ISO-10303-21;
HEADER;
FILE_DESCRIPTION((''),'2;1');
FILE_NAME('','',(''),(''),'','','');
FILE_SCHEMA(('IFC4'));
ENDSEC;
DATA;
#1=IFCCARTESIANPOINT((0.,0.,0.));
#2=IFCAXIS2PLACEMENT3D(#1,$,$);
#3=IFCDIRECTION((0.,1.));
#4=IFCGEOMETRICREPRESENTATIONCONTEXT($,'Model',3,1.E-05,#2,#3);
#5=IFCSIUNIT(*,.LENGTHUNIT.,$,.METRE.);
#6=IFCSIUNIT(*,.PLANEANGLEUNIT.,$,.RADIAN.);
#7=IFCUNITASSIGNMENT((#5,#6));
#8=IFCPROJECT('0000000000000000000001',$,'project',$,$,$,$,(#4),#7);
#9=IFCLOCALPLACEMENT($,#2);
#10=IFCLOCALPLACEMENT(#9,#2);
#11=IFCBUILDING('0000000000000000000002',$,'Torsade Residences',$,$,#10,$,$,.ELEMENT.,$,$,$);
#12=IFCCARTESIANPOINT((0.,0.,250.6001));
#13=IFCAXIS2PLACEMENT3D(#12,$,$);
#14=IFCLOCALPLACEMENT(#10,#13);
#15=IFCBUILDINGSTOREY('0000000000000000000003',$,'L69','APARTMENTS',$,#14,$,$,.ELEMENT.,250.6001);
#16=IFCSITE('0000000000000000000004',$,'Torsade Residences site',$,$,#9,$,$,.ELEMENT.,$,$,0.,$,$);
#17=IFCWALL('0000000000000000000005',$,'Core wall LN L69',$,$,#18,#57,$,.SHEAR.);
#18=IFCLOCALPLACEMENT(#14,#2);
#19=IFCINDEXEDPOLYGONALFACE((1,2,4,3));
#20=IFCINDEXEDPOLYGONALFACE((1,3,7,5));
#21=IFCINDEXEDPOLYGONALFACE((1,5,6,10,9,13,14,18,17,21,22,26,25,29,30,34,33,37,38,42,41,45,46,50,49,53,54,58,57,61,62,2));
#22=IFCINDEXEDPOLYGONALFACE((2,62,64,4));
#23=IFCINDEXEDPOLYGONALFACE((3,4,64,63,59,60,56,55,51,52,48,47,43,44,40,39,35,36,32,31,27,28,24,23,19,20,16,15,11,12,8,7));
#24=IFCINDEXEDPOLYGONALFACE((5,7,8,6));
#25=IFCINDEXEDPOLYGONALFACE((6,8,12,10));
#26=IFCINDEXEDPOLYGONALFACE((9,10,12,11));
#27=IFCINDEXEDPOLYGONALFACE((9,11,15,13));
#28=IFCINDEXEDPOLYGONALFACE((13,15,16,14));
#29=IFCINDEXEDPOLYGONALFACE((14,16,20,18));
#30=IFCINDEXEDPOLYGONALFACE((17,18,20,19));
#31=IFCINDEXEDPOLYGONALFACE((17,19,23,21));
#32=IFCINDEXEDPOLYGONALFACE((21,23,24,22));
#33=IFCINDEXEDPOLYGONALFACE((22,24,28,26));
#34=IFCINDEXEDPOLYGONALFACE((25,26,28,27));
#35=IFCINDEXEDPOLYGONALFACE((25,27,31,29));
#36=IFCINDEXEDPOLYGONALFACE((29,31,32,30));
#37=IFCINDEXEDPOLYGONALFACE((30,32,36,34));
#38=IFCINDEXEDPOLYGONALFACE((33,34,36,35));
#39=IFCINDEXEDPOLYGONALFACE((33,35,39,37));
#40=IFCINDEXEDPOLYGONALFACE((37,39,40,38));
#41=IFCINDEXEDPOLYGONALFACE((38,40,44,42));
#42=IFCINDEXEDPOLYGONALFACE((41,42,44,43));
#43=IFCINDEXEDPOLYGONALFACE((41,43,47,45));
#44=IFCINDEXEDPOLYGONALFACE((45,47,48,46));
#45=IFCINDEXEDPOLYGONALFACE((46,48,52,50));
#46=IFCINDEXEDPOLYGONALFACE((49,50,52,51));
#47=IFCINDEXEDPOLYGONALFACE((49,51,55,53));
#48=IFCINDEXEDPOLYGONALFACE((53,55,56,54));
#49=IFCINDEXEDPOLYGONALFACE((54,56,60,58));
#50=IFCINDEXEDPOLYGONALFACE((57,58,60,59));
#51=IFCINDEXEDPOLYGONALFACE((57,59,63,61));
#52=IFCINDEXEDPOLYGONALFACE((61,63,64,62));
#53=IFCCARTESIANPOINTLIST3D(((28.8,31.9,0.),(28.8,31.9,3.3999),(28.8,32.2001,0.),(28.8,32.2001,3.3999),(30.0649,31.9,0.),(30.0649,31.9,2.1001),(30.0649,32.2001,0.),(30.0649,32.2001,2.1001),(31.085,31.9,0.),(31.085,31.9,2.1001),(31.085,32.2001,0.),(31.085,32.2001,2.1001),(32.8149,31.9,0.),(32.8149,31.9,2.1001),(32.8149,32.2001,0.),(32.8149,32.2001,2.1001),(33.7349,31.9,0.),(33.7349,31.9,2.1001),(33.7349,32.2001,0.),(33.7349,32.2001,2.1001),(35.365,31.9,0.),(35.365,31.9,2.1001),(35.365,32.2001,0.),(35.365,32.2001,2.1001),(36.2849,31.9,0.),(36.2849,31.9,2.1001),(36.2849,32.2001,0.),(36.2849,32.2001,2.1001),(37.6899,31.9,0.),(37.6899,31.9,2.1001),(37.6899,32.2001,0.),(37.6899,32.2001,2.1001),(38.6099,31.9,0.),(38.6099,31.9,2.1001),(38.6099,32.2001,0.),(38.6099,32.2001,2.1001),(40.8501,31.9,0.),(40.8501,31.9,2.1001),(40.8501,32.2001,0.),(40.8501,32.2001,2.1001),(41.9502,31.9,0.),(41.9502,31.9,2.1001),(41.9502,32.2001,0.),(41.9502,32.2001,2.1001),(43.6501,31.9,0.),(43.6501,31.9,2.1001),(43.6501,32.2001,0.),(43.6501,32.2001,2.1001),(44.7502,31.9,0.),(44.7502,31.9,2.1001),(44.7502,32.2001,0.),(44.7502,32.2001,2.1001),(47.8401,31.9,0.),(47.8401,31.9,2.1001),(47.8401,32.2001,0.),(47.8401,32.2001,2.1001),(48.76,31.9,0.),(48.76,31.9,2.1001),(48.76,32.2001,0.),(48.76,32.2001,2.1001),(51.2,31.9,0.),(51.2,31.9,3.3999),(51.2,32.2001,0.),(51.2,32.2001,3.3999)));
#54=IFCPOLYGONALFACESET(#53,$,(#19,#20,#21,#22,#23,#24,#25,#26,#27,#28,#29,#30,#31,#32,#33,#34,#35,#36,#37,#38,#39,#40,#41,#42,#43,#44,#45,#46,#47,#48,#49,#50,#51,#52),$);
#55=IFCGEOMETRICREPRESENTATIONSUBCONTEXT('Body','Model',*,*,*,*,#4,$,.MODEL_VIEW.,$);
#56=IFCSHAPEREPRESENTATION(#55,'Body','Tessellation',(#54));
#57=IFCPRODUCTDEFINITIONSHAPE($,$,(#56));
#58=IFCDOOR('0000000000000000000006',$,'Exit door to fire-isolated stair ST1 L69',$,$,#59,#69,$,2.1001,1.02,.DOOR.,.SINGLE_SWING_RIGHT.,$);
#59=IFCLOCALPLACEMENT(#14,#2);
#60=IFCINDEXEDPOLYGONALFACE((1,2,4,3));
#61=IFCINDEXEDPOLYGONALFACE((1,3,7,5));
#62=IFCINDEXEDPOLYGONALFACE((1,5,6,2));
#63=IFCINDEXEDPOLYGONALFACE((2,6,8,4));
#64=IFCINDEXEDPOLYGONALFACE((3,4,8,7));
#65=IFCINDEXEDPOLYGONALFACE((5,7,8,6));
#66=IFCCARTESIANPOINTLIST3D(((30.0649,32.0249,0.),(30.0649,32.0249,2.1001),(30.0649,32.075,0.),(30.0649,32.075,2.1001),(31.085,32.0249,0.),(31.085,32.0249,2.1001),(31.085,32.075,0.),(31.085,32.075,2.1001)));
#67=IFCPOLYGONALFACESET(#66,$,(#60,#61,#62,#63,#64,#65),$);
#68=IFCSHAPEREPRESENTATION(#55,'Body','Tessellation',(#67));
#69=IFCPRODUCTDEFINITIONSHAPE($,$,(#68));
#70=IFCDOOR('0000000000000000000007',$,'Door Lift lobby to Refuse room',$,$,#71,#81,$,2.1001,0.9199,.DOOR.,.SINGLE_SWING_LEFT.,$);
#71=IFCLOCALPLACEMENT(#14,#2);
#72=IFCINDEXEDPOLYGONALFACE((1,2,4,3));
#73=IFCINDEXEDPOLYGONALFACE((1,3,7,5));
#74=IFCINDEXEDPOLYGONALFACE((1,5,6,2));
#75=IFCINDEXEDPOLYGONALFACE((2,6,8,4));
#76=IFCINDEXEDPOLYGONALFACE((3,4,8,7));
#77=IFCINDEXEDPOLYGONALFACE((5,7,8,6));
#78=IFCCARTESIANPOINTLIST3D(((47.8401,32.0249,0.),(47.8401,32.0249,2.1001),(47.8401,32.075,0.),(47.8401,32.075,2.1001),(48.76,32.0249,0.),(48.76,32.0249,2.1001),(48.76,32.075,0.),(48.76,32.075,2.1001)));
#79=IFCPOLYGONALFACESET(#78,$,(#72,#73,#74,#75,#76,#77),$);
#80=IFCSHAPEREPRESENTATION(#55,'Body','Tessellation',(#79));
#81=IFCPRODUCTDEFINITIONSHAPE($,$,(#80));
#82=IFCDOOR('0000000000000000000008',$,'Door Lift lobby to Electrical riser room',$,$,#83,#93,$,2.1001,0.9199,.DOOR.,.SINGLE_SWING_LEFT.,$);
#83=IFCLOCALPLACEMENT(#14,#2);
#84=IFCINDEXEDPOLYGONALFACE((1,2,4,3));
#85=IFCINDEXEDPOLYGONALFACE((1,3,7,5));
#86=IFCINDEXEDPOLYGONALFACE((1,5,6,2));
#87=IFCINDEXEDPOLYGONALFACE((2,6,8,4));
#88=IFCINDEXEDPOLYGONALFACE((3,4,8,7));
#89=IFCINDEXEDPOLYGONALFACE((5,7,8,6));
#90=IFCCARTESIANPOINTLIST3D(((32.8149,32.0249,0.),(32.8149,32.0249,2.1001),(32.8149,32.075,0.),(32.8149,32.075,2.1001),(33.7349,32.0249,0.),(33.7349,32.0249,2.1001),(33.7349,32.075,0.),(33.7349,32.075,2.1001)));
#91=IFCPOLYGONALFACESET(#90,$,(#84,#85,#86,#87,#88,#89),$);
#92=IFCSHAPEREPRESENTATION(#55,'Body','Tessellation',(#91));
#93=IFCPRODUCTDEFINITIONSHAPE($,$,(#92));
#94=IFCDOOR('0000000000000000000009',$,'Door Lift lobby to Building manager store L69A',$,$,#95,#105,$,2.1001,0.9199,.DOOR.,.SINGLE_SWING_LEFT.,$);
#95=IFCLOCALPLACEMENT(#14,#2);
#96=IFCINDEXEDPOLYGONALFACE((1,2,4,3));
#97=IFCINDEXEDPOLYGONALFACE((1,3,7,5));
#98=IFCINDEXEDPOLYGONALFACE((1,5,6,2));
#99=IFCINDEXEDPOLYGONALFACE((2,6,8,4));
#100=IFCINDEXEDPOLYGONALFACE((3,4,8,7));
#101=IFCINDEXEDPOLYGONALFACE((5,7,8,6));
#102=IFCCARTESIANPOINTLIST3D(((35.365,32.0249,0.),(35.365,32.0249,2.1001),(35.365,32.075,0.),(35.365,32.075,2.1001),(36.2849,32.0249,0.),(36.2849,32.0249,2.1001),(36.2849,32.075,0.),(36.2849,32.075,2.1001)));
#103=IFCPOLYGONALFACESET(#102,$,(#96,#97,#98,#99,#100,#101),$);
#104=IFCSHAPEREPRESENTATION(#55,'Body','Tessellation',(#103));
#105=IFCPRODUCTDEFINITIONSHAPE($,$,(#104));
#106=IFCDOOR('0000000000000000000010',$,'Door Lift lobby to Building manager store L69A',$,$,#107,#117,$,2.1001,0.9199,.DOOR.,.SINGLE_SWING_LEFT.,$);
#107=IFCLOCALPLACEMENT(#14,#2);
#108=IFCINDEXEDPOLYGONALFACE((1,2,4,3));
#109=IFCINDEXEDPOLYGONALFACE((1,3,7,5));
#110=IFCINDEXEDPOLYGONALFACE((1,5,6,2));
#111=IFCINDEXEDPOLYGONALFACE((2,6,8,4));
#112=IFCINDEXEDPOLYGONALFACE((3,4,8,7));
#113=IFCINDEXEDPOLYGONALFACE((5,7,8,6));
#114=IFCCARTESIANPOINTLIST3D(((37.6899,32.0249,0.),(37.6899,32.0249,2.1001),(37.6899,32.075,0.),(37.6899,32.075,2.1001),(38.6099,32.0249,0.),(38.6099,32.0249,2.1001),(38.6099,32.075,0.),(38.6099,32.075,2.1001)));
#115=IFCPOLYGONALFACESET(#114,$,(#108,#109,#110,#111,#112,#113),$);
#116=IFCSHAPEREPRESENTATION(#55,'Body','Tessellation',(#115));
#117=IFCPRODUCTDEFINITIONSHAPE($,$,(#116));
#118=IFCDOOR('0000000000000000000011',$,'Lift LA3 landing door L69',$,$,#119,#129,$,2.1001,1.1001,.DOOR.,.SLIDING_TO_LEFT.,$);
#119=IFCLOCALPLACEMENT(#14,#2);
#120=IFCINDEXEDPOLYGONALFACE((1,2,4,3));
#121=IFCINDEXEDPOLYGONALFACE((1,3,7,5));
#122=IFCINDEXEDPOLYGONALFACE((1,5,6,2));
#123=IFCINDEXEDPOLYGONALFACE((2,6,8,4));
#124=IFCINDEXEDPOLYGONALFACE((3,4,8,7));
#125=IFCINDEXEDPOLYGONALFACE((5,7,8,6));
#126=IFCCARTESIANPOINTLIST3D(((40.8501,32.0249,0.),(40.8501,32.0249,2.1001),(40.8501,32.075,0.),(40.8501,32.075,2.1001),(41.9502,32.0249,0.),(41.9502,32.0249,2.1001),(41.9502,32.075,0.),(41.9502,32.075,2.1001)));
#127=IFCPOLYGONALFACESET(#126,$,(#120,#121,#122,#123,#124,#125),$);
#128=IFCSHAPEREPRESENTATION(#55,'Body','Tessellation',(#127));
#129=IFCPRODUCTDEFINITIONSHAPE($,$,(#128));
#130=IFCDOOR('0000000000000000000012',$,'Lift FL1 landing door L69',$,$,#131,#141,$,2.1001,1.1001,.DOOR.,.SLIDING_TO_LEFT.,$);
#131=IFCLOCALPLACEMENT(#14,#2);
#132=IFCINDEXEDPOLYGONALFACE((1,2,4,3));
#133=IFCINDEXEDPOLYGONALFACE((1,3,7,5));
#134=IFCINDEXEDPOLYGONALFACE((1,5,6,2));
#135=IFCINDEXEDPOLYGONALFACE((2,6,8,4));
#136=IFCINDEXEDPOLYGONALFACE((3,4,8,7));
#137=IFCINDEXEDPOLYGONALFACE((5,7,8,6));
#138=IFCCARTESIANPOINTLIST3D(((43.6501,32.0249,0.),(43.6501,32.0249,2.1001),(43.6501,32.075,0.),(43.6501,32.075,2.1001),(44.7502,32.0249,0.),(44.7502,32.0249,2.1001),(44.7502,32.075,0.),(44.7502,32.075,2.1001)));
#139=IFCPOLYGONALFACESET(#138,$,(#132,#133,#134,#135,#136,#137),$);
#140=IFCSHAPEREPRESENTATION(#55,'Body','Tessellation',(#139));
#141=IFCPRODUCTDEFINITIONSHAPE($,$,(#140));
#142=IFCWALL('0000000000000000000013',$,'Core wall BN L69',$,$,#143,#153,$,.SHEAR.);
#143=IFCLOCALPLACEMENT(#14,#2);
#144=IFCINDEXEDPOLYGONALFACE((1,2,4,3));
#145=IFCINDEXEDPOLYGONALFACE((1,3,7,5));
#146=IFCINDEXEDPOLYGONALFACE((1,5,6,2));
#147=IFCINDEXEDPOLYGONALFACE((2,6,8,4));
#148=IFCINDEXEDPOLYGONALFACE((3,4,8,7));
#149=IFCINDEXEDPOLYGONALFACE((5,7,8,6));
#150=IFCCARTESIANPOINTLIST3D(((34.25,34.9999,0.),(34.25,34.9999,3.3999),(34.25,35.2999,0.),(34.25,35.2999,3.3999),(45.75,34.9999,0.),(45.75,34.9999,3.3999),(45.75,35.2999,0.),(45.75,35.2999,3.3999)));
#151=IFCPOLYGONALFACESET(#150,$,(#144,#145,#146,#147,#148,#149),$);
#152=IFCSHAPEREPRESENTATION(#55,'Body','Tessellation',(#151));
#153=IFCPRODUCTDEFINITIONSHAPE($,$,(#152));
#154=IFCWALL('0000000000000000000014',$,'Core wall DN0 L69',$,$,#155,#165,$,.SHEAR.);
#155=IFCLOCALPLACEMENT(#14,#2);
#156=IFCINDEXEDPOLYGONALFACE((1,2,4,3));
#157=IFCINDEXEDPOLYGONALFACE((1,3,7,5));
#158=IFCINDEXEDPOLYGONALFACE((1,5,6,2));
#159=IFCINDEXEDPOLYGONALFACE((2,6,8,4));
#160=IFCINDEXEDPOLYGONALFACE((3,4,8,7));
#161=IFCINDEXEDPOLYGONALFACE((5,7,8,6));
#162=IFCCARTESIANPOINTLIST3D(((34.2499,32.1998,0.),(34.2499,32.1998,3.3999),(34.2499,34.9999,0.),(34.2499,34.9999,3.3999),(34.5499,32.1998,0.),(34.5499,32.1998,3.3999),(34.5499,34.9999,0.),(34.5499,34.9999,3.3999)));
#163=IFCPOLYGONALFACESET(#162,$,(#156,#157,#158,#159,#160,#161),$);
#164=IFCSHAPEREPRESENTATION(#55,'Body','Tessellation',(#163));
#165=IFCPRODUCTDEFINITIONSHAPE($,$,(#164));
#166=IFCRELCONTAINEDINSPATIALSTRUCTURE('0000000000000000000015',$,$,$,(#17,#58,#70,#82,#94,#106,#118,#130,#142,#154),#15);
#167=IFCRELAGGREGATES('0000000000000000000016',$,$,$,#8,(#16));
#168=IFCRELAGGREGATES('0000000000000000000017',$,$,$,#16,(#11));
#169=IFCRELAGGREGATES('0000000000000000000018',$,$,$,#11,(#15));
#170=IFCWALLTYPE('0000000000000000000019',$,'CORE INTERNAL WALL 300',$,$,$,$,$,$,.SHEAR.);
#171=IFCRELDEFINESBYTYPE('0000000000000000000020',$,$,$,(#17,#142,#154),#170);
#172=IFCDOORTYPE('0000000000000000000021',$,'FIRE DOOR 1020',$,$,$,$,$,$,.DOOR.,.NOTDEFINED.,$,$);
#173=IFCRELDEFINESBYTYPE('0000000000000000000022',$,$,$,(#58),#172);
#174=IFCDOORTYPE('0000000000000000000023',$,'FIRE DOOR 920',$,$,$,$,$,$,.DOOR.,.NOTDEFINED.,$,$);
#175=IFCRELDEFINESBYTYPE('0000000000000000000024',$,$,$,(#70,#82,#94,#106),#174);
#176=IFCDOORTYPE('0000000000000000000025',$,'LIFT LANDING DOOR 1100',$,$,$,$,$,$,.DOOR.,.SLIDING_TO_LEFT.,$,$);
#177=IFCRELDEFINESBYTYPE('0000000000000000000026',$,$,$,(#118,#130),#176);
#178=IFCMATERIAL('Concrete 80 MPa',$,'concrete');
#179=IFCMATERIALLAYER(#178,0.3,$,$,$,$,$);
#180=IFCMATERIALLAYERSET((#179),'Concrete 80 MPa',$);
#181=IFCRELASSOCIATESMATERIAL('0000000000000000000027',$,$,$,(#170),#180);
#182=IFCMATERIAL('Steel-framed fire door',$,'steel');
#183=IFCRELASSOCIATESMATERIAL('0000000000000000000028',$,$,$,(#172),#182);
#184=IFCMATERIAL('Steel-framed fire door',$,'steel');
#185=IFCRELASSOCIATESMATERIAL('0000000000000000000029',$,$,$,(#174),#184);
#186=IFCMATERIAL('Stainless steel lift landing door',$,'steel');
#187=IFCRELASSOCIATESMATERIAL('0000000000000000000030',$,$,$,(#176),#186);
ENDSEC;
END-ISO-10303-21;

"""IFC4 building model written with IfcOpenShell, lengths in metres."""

from ifc_helpers import new_model, si_unit, direction, frame, frame_2d, origin, place, context, subcontext, project, spatial, rectangle, extrude, material, layer, layer_set, type_object, element, fill, save


model = new_model("IFC4")

# Units and contexts
model_context = context("Model", 3, precision=1e-05, world=origin(), true_north=direction((0.0, 1.0)))
body_context = subcontext(model_context, "Body", "Model", "MODEL_VIEW")
ifc_project = project(units=[si_unit("LENGTHUNIT", "METRE"), si_unit("PLANEANGLEUNIT", "RADIAN")], contexts=[model_context])

# Site, building, storey
site_placement = place(None, origin())
site = spatial("IfcSite", under=ifc_project, at=site_placement, Name="Torsade Residences site", CompositionType="ELEMENT", RefElevation=0.0)
building_placement = place(site_placement, origin())
building = spatial("IfcBuilding", under=site, at=building_placement, Name="Torsade Residences", CompositionType="ELEMENT")
storey_placement = place(building_placement, frame((0.0, 0.0, 250.6001)))
storey = spatial("IfcBuildingStorey", under=building, at=storey_placement, Name="L69", Description="APARTMENTS", CompositionType="ELEMENT", Elevation=250.6001)

# Wall, openings, doors
ifc_material_1 = material(Name="Concrete 80 MPa", Category="concrete")
ifc_layer_1 = layer(ifc_material_1, 0.3)
ifc_layer_set_1 = layer_set([ifc_layer_1], Name="Concrete 80 MPa")
wall_type_1 = type_object("IfcWallType", Name="CORE INTERNAL WALL 300", PredefinedType="SHEAR", material=ifc_layer_set_1)
wall_1_placement = place(storey_placement, frame((28.8, 32.05, 0.0), z_axis=(0.0, 0.0, 1.0), x_axis=(1.0, 0.0, 0.0)))
wall_1 = element("IfcWall", 1, at=wall_1_placement, inside=storey, type_object=wall_type_1, Name="Core wall LN L69", PredefinedType="SHEAR", context=body_context, shape_type="SweptSolid", body=[
    extrude(rectangle(XDim=22.3999, YDim=0.3, at=frame_2d((11.2, 0.0))), origin(), (0.0, 0.0, 1.0), 3.3999),
])
opening_1_placement = place(wall_1_placement, frame((19.04, 0.0, 0.0)))
opening_1 = element("IfcOpeningElement", 2, at=opening_1_placement, cuts=wall_1, PredefinedType="OPENING", context=body_context, shape_type="SweptSolid", body=[
    extrude(rectangle(XDim=0.9199, YDim=2.1001, at=frame_2d((0.46, 1.05))), frame((0.0, 0.1599, 0.0), z_axis=(0.0, -1.0, 0.0), x_axis=(1.0, 0.0, 0.0)), (0.0, 0.0, 1.0), 0.3201),
])
opening_2_placement = place(wall_1_placement, frame((1.2649, 0.0, 0.0)))
opening_2 = element("IfcOpeningElement", 3, at=opening_2_placement, cuts=wall_1, PredefinedType="OPENING", context=body_context, shape_type="SweptSolid", body=[
    extrude(rectangle(XDim=1.02, YDim=2.1001, at=frame_2d((0.51, 1.05))), frame((0.0, 0.1599, 0.0), z_axis=(0.0, -1.0, 0.0), x_axis=(1.0, 0.0, 0.0)), (0.0, 0.0, 1.0), 0.3201),
])
opening_3_placement = place(wall_1_placement, frame((4.0149, 0.0, 0.0)))
opening_3 = element("IfcOpeningElement", 4, at=opening_3_placement, cuts=wall_1, PredefinedType="OPENING", context=body_context, shape_type="SweptSolid", body=[
    extrude(rectangle(XDim=0.9199, YDim=2.1001, at=frame_2d((0.46, 1.05))), frame((0.0, 0.1599, 0.0), z_axis=(0.0, -1.0, 0.0), x_axis=(1.0, 0.0, 0.0)), (0.0, 0.0, 1.0), 0.3201),
])
opening_4_placement = place(wall_1_placement, frame((6.5649, 0.0, 0.0)))
opening_4 = element("IfcOpeningElement", 5, at=opening_4_placement, cuts=wall_1, PredefinedType="OPENING", context=body_context, shape_type="SweptSolid", body=[
    extrude(rectangle(XDim=0.9199, YDim=2.1001, at=frame_2d((0.46, 1.05))), frame((0.0, 0.1599, 0.0), z_axis=(0.0, -1.0, 0.0), x_axis=(1.0, 0.0, 0.0)), (0.0, 0.0, 1.0), 0.3201),
])
opening_5_placement = place(wall_1_placement, frame((8.8899, 0.0, 0.0)))
opening_5 = element("IfcOpeningElement", 6, at=opening_5_placement, cuts=wall_1, PredefinedType="OPENING", context=body_context, shape_type="SweptSolid", body=[
    extrude(rectangle(XDim=0.9199, YDim=2.1001, at=frame_2d((0.46, 1.05))), frame((0.0, 0.1599, 0.0), z_axis=(0.0, -1.0, 0.0), x_axis=(1.0, 0.0, 0.0)), (0.0, 0.0, 1.0), 0.3201),
])
opening_6_placement = place(wall_1_placement, frame((12.05, 0.0, 0.0)))
opening_6 = element("IfcOpeningElement", 7, at=opening_6_placement, cuts=wall_1, PredefinedType="OPENING", context=body_context, shape_type="SweptSolid", body=[
    extrude(rectangle(XDim=1.1001, YDim=2.1001, at=frame_2d((0.55, 1.05))), frame((0.0, 0.1599, 0.0), z_axis=(0.0, -1.0, 0.0), x_axis=(1.0, 0.0, 0.0)), (0.0, 0.0, 1.0), 0.3201),
])
opening_7_placement = place(wall_1_placement, frame((14.8501, 0.0, 0.0)))
opening_7 = element("IfcOpeningElement", 8, at=opening_7_placement, cuts=wall_1, PredefinedType="OPENING", context=body_context, shape_type="SweptSolid", body=[
    extrude(rectangle(XDim=1.1001, YDim=2.1001, at=frame_2d((0.55, 1.05))), frame((0.0, 0.1599, 0.0), z_axis=(0.0, -1.0, 0.0), x_axis=(1.0, 0.0, 0.0)), (0.0, 0.0, 1.0), 0.3201),
])
ifc_material_2 = material(Name="Steel-framed fire door", Category="steel")
door_type_1 = type_object("IfcDoorType", Name="FIRE DOOR 1020", OperationType="NOTDEFINED", PredefinedType="DOOR", material=ifc_material_2)
door_1_placement = place(opening_2_placement, origin())
door_1 = element("IfcDoor", 9, at=door_1_placement, inside=storey, type_object=door_type_1, Name="Exit door to fire-isolated stair ST1 L69", OperationType="SINGLE_SWING_RIGHT", OverallHeight=2.1001, OverallWidth=1.02, PredefinedType="DOOR", context=body_context, shape_type="SweptSolid", body=[
    extrude(rectangle(XDim=1.02, YDim=2.1001, at=frame_2d((0.51, 1.05))), frame((0.0, 0.0249, 0.0), z_axis=(0.0, -1.0, 0.0), x_axis=(1.0, 0.0, 0.0)), (0.0, 0.0, 1.0), 0.05),
])
fill(opening_2, door_1)
ifc_material_3 = material(Name="Steel-framed fire door", Category="steel")
door_type_2 = type_object("IfcDoorType", Name="FIRE DOOR 920", OperationType="NOTDEFINED", PredefinedType="DOOR", material=ifc_material_3)
door_2_placement = place(opening_1_placement, origin())
door_2 = element("IfcDoor", 10, at=door_2_placement, inside=storey, type_object=door_type_2, Name="Door Lift lobby to Refuse room", OperationType="SINGLE_SWING_LEFT", OverallHeight=2.1001, OverallWidth=0.9199, PredefinedType="DOOR", context=body_context, shape_type="SweptSolid", body=[
    extrude(rectangle(XDim=0.9199, YDim=2.1001, at=frame_2d((0.46, 1.05))), frame((0.0, 0.0249, 0.0), z_axis=(0.0, -1.0, 0.0), x_axis=(1.0, 0.0, 0.0)), (0.0, 0.0, 1.0), 0.05),
])
fill(opening_1, door_2)
door_3_placement = place(opening_3_placement, origin())
door_3 = element("IfcDoor", 11, at=door_3_placement, inside=storey, type_object=door_type_2, Name="Door Lift lobby to Electrical riser room", OperationType="SINGLE_SWING_LEFT", OverallHeight=2.1001, OverallWidth=0.9199, PredefinedType="DOOR", context=body_context, shape_type="SweptSolid", body=[
    extrude(rectangle(XDim=0.9199, YDim=2.1001, at=frame_2d((0.46, 1.05))), frame((0.0, 0.0249, 0.0), z_axis=(0.0, -1.0, 0.0), x_axis=(1.0, 0.0, 0.0)), (0.0, 0.0, 1.0), 0.05),
])
fill(opening_3, door_3)
door_4_placement = place(opening_4_placement, origin())
door_4 = element("IfcDoor", 12, at=door_4_placement, inside=storey, type_object=door_type_2, Name="Door Lift lobby to Building manager store L69A", OperationType="SINGLE_SWING_LEFT", OverallHeight=2.1001, OverallWidth=0.9199, PredefinedType="DOOR", context=body_context, shape_type="SweptSolid", body=[
    extrude(rectangle(XDim=0.9199, YDim=2.1001, at=frame_2d((0.46, 1.05))), frame((0.0, 0.0249, 0.0), z_axis=(0.0, -1.0, 0.0), x_axis=(1.0, 0.0, 0.0)), (0.0, 0.0, 1.0), 0.05),
])
fill(opening_4, door_4)
door_5_placement = place(opening_5_placement, origin())
door_5 = element("IfcDoor", 13, at=door_5_placement, inside=storey, type_object=door_type_2, Name="Door Lift lobby to Building manager store L69A", OperationType="SINGLE_SWING_LEFT", OverallHeight=2.1001, OverallWidth=0.9199, PredefinedType="DOOR", context=body_context, shape_type="SweptSolid", body=[
    extrude(rectangle(XDim=0.9199, YDim=2.1001, at=frame_2d((0.46, 1.05))), frame((0.0, 0.0249, 0.0), z_axis=(0.0, -1.0, 0.0), x_axis=(1.0, 0.0, 0.0)), (0.0, 0.0, 1.0), 0.05),
])
fill(opening_5, door_5)
ifc_material_4 = material(Name="Stainless steel lift landing door", Category="steel")
door_type_3 = type_object("IfcDoorType", Name="LIFT LANDING DOOR 1100", OperationType="SLIDING_TO_LEFT", PredefinedType="DOOR", material=ifc_material_4)
door_6_placement = place(opening_6_placement, origin())
door_6 = element("IfcDoor", 14, at=door_6_placement, inside=storey, type_object=door_type_3, Name="Lift LA3 landing door L69", OperationType="SLIDING_TO_LEFT", OverallHeight=2.1001, OverallWidth=1.1001, PredefinedType="DOOR", context=body_context, shape_type="SweptSolid", body=[
    extrude(rectangle(XDim=1.1001, YDim=2.1001, at=frame_2d((0.55, 1.05))), frame((0.0, 0.0249, 0.0), z_axis=(0.0, -1.0, 0.0), x_axis=(1.0, 0.0, 0.0)), (0.0, 0.0, 1.0), 0.05),
])
fill(opening_6, door_6)
door_7_placement = place(opening_7_placement, origin())
door_7 = element("IfcDoor", 15, at=door_7_placement, inside=storey, type_object=door_type_3, Name="Lift FL1 landing door L69", OperationType="SLIDING_TO_LEFT", OverallHeight=2.1001, OverallWidth=1.1001, PredefinedType="DOOR", context=body_context, shape_type="SweptSolid", body=[
    extrude(rectangle(XDim=1.1001, YDim=2.1001, at=frame_2d((0.55, 1.05))), frame((0.0, 0.0249, 0.0), z_axis=(0.0, -1.0, 0.0), x_axis=(1.0, 0.0, 0.0)), (0.0, 0.0, 1.0), 0.05),
])
fill(opening_7, door_7)

# Walls
wall_2_placement = place(storey_placement, frame((34.25, 35.1499, 0.0), z_axis=(0.0, 0.0, 1.0), x_axis=(1.0, 0.0, 0.0)))
element("IfcWall", 16, at=wall_2_placement, inside=storey, type_object=wall_type_1, Name="Core wall BN L69", PredefinedType="SHEAR", context=body_context, shape_type="SweptSolid", body=[
    extrude(rectangle(XDim=11.5, YDim=0.3, at=frame_2d((5.75, 0.0))), origin(), (0.0, 0.0, 1.0), 3.3999),
])
wall_3_placement = place(storey_placement, frame((34.3999, 32.2, 0.0), z_axis=(0.0, 0.0, 1.0), x_axis=(0.0, 1.0, 0.0)))
element("IfcWall", 17, at=wall_3_placement, inside=storey, type_object=wall_type_1, Name="Core wall DN0 L69", PredefinedType="SHEAR", context=body_context, shape_type="SweptSolid", body=[
    extrude(rectangle(XDim=2.8, YDim=0.3, at=frame_2d((1.3999, 0.0))), origin(), (0.0, 0.0, 1.0), 3.3999),
])

save(model, "model.ifc")
